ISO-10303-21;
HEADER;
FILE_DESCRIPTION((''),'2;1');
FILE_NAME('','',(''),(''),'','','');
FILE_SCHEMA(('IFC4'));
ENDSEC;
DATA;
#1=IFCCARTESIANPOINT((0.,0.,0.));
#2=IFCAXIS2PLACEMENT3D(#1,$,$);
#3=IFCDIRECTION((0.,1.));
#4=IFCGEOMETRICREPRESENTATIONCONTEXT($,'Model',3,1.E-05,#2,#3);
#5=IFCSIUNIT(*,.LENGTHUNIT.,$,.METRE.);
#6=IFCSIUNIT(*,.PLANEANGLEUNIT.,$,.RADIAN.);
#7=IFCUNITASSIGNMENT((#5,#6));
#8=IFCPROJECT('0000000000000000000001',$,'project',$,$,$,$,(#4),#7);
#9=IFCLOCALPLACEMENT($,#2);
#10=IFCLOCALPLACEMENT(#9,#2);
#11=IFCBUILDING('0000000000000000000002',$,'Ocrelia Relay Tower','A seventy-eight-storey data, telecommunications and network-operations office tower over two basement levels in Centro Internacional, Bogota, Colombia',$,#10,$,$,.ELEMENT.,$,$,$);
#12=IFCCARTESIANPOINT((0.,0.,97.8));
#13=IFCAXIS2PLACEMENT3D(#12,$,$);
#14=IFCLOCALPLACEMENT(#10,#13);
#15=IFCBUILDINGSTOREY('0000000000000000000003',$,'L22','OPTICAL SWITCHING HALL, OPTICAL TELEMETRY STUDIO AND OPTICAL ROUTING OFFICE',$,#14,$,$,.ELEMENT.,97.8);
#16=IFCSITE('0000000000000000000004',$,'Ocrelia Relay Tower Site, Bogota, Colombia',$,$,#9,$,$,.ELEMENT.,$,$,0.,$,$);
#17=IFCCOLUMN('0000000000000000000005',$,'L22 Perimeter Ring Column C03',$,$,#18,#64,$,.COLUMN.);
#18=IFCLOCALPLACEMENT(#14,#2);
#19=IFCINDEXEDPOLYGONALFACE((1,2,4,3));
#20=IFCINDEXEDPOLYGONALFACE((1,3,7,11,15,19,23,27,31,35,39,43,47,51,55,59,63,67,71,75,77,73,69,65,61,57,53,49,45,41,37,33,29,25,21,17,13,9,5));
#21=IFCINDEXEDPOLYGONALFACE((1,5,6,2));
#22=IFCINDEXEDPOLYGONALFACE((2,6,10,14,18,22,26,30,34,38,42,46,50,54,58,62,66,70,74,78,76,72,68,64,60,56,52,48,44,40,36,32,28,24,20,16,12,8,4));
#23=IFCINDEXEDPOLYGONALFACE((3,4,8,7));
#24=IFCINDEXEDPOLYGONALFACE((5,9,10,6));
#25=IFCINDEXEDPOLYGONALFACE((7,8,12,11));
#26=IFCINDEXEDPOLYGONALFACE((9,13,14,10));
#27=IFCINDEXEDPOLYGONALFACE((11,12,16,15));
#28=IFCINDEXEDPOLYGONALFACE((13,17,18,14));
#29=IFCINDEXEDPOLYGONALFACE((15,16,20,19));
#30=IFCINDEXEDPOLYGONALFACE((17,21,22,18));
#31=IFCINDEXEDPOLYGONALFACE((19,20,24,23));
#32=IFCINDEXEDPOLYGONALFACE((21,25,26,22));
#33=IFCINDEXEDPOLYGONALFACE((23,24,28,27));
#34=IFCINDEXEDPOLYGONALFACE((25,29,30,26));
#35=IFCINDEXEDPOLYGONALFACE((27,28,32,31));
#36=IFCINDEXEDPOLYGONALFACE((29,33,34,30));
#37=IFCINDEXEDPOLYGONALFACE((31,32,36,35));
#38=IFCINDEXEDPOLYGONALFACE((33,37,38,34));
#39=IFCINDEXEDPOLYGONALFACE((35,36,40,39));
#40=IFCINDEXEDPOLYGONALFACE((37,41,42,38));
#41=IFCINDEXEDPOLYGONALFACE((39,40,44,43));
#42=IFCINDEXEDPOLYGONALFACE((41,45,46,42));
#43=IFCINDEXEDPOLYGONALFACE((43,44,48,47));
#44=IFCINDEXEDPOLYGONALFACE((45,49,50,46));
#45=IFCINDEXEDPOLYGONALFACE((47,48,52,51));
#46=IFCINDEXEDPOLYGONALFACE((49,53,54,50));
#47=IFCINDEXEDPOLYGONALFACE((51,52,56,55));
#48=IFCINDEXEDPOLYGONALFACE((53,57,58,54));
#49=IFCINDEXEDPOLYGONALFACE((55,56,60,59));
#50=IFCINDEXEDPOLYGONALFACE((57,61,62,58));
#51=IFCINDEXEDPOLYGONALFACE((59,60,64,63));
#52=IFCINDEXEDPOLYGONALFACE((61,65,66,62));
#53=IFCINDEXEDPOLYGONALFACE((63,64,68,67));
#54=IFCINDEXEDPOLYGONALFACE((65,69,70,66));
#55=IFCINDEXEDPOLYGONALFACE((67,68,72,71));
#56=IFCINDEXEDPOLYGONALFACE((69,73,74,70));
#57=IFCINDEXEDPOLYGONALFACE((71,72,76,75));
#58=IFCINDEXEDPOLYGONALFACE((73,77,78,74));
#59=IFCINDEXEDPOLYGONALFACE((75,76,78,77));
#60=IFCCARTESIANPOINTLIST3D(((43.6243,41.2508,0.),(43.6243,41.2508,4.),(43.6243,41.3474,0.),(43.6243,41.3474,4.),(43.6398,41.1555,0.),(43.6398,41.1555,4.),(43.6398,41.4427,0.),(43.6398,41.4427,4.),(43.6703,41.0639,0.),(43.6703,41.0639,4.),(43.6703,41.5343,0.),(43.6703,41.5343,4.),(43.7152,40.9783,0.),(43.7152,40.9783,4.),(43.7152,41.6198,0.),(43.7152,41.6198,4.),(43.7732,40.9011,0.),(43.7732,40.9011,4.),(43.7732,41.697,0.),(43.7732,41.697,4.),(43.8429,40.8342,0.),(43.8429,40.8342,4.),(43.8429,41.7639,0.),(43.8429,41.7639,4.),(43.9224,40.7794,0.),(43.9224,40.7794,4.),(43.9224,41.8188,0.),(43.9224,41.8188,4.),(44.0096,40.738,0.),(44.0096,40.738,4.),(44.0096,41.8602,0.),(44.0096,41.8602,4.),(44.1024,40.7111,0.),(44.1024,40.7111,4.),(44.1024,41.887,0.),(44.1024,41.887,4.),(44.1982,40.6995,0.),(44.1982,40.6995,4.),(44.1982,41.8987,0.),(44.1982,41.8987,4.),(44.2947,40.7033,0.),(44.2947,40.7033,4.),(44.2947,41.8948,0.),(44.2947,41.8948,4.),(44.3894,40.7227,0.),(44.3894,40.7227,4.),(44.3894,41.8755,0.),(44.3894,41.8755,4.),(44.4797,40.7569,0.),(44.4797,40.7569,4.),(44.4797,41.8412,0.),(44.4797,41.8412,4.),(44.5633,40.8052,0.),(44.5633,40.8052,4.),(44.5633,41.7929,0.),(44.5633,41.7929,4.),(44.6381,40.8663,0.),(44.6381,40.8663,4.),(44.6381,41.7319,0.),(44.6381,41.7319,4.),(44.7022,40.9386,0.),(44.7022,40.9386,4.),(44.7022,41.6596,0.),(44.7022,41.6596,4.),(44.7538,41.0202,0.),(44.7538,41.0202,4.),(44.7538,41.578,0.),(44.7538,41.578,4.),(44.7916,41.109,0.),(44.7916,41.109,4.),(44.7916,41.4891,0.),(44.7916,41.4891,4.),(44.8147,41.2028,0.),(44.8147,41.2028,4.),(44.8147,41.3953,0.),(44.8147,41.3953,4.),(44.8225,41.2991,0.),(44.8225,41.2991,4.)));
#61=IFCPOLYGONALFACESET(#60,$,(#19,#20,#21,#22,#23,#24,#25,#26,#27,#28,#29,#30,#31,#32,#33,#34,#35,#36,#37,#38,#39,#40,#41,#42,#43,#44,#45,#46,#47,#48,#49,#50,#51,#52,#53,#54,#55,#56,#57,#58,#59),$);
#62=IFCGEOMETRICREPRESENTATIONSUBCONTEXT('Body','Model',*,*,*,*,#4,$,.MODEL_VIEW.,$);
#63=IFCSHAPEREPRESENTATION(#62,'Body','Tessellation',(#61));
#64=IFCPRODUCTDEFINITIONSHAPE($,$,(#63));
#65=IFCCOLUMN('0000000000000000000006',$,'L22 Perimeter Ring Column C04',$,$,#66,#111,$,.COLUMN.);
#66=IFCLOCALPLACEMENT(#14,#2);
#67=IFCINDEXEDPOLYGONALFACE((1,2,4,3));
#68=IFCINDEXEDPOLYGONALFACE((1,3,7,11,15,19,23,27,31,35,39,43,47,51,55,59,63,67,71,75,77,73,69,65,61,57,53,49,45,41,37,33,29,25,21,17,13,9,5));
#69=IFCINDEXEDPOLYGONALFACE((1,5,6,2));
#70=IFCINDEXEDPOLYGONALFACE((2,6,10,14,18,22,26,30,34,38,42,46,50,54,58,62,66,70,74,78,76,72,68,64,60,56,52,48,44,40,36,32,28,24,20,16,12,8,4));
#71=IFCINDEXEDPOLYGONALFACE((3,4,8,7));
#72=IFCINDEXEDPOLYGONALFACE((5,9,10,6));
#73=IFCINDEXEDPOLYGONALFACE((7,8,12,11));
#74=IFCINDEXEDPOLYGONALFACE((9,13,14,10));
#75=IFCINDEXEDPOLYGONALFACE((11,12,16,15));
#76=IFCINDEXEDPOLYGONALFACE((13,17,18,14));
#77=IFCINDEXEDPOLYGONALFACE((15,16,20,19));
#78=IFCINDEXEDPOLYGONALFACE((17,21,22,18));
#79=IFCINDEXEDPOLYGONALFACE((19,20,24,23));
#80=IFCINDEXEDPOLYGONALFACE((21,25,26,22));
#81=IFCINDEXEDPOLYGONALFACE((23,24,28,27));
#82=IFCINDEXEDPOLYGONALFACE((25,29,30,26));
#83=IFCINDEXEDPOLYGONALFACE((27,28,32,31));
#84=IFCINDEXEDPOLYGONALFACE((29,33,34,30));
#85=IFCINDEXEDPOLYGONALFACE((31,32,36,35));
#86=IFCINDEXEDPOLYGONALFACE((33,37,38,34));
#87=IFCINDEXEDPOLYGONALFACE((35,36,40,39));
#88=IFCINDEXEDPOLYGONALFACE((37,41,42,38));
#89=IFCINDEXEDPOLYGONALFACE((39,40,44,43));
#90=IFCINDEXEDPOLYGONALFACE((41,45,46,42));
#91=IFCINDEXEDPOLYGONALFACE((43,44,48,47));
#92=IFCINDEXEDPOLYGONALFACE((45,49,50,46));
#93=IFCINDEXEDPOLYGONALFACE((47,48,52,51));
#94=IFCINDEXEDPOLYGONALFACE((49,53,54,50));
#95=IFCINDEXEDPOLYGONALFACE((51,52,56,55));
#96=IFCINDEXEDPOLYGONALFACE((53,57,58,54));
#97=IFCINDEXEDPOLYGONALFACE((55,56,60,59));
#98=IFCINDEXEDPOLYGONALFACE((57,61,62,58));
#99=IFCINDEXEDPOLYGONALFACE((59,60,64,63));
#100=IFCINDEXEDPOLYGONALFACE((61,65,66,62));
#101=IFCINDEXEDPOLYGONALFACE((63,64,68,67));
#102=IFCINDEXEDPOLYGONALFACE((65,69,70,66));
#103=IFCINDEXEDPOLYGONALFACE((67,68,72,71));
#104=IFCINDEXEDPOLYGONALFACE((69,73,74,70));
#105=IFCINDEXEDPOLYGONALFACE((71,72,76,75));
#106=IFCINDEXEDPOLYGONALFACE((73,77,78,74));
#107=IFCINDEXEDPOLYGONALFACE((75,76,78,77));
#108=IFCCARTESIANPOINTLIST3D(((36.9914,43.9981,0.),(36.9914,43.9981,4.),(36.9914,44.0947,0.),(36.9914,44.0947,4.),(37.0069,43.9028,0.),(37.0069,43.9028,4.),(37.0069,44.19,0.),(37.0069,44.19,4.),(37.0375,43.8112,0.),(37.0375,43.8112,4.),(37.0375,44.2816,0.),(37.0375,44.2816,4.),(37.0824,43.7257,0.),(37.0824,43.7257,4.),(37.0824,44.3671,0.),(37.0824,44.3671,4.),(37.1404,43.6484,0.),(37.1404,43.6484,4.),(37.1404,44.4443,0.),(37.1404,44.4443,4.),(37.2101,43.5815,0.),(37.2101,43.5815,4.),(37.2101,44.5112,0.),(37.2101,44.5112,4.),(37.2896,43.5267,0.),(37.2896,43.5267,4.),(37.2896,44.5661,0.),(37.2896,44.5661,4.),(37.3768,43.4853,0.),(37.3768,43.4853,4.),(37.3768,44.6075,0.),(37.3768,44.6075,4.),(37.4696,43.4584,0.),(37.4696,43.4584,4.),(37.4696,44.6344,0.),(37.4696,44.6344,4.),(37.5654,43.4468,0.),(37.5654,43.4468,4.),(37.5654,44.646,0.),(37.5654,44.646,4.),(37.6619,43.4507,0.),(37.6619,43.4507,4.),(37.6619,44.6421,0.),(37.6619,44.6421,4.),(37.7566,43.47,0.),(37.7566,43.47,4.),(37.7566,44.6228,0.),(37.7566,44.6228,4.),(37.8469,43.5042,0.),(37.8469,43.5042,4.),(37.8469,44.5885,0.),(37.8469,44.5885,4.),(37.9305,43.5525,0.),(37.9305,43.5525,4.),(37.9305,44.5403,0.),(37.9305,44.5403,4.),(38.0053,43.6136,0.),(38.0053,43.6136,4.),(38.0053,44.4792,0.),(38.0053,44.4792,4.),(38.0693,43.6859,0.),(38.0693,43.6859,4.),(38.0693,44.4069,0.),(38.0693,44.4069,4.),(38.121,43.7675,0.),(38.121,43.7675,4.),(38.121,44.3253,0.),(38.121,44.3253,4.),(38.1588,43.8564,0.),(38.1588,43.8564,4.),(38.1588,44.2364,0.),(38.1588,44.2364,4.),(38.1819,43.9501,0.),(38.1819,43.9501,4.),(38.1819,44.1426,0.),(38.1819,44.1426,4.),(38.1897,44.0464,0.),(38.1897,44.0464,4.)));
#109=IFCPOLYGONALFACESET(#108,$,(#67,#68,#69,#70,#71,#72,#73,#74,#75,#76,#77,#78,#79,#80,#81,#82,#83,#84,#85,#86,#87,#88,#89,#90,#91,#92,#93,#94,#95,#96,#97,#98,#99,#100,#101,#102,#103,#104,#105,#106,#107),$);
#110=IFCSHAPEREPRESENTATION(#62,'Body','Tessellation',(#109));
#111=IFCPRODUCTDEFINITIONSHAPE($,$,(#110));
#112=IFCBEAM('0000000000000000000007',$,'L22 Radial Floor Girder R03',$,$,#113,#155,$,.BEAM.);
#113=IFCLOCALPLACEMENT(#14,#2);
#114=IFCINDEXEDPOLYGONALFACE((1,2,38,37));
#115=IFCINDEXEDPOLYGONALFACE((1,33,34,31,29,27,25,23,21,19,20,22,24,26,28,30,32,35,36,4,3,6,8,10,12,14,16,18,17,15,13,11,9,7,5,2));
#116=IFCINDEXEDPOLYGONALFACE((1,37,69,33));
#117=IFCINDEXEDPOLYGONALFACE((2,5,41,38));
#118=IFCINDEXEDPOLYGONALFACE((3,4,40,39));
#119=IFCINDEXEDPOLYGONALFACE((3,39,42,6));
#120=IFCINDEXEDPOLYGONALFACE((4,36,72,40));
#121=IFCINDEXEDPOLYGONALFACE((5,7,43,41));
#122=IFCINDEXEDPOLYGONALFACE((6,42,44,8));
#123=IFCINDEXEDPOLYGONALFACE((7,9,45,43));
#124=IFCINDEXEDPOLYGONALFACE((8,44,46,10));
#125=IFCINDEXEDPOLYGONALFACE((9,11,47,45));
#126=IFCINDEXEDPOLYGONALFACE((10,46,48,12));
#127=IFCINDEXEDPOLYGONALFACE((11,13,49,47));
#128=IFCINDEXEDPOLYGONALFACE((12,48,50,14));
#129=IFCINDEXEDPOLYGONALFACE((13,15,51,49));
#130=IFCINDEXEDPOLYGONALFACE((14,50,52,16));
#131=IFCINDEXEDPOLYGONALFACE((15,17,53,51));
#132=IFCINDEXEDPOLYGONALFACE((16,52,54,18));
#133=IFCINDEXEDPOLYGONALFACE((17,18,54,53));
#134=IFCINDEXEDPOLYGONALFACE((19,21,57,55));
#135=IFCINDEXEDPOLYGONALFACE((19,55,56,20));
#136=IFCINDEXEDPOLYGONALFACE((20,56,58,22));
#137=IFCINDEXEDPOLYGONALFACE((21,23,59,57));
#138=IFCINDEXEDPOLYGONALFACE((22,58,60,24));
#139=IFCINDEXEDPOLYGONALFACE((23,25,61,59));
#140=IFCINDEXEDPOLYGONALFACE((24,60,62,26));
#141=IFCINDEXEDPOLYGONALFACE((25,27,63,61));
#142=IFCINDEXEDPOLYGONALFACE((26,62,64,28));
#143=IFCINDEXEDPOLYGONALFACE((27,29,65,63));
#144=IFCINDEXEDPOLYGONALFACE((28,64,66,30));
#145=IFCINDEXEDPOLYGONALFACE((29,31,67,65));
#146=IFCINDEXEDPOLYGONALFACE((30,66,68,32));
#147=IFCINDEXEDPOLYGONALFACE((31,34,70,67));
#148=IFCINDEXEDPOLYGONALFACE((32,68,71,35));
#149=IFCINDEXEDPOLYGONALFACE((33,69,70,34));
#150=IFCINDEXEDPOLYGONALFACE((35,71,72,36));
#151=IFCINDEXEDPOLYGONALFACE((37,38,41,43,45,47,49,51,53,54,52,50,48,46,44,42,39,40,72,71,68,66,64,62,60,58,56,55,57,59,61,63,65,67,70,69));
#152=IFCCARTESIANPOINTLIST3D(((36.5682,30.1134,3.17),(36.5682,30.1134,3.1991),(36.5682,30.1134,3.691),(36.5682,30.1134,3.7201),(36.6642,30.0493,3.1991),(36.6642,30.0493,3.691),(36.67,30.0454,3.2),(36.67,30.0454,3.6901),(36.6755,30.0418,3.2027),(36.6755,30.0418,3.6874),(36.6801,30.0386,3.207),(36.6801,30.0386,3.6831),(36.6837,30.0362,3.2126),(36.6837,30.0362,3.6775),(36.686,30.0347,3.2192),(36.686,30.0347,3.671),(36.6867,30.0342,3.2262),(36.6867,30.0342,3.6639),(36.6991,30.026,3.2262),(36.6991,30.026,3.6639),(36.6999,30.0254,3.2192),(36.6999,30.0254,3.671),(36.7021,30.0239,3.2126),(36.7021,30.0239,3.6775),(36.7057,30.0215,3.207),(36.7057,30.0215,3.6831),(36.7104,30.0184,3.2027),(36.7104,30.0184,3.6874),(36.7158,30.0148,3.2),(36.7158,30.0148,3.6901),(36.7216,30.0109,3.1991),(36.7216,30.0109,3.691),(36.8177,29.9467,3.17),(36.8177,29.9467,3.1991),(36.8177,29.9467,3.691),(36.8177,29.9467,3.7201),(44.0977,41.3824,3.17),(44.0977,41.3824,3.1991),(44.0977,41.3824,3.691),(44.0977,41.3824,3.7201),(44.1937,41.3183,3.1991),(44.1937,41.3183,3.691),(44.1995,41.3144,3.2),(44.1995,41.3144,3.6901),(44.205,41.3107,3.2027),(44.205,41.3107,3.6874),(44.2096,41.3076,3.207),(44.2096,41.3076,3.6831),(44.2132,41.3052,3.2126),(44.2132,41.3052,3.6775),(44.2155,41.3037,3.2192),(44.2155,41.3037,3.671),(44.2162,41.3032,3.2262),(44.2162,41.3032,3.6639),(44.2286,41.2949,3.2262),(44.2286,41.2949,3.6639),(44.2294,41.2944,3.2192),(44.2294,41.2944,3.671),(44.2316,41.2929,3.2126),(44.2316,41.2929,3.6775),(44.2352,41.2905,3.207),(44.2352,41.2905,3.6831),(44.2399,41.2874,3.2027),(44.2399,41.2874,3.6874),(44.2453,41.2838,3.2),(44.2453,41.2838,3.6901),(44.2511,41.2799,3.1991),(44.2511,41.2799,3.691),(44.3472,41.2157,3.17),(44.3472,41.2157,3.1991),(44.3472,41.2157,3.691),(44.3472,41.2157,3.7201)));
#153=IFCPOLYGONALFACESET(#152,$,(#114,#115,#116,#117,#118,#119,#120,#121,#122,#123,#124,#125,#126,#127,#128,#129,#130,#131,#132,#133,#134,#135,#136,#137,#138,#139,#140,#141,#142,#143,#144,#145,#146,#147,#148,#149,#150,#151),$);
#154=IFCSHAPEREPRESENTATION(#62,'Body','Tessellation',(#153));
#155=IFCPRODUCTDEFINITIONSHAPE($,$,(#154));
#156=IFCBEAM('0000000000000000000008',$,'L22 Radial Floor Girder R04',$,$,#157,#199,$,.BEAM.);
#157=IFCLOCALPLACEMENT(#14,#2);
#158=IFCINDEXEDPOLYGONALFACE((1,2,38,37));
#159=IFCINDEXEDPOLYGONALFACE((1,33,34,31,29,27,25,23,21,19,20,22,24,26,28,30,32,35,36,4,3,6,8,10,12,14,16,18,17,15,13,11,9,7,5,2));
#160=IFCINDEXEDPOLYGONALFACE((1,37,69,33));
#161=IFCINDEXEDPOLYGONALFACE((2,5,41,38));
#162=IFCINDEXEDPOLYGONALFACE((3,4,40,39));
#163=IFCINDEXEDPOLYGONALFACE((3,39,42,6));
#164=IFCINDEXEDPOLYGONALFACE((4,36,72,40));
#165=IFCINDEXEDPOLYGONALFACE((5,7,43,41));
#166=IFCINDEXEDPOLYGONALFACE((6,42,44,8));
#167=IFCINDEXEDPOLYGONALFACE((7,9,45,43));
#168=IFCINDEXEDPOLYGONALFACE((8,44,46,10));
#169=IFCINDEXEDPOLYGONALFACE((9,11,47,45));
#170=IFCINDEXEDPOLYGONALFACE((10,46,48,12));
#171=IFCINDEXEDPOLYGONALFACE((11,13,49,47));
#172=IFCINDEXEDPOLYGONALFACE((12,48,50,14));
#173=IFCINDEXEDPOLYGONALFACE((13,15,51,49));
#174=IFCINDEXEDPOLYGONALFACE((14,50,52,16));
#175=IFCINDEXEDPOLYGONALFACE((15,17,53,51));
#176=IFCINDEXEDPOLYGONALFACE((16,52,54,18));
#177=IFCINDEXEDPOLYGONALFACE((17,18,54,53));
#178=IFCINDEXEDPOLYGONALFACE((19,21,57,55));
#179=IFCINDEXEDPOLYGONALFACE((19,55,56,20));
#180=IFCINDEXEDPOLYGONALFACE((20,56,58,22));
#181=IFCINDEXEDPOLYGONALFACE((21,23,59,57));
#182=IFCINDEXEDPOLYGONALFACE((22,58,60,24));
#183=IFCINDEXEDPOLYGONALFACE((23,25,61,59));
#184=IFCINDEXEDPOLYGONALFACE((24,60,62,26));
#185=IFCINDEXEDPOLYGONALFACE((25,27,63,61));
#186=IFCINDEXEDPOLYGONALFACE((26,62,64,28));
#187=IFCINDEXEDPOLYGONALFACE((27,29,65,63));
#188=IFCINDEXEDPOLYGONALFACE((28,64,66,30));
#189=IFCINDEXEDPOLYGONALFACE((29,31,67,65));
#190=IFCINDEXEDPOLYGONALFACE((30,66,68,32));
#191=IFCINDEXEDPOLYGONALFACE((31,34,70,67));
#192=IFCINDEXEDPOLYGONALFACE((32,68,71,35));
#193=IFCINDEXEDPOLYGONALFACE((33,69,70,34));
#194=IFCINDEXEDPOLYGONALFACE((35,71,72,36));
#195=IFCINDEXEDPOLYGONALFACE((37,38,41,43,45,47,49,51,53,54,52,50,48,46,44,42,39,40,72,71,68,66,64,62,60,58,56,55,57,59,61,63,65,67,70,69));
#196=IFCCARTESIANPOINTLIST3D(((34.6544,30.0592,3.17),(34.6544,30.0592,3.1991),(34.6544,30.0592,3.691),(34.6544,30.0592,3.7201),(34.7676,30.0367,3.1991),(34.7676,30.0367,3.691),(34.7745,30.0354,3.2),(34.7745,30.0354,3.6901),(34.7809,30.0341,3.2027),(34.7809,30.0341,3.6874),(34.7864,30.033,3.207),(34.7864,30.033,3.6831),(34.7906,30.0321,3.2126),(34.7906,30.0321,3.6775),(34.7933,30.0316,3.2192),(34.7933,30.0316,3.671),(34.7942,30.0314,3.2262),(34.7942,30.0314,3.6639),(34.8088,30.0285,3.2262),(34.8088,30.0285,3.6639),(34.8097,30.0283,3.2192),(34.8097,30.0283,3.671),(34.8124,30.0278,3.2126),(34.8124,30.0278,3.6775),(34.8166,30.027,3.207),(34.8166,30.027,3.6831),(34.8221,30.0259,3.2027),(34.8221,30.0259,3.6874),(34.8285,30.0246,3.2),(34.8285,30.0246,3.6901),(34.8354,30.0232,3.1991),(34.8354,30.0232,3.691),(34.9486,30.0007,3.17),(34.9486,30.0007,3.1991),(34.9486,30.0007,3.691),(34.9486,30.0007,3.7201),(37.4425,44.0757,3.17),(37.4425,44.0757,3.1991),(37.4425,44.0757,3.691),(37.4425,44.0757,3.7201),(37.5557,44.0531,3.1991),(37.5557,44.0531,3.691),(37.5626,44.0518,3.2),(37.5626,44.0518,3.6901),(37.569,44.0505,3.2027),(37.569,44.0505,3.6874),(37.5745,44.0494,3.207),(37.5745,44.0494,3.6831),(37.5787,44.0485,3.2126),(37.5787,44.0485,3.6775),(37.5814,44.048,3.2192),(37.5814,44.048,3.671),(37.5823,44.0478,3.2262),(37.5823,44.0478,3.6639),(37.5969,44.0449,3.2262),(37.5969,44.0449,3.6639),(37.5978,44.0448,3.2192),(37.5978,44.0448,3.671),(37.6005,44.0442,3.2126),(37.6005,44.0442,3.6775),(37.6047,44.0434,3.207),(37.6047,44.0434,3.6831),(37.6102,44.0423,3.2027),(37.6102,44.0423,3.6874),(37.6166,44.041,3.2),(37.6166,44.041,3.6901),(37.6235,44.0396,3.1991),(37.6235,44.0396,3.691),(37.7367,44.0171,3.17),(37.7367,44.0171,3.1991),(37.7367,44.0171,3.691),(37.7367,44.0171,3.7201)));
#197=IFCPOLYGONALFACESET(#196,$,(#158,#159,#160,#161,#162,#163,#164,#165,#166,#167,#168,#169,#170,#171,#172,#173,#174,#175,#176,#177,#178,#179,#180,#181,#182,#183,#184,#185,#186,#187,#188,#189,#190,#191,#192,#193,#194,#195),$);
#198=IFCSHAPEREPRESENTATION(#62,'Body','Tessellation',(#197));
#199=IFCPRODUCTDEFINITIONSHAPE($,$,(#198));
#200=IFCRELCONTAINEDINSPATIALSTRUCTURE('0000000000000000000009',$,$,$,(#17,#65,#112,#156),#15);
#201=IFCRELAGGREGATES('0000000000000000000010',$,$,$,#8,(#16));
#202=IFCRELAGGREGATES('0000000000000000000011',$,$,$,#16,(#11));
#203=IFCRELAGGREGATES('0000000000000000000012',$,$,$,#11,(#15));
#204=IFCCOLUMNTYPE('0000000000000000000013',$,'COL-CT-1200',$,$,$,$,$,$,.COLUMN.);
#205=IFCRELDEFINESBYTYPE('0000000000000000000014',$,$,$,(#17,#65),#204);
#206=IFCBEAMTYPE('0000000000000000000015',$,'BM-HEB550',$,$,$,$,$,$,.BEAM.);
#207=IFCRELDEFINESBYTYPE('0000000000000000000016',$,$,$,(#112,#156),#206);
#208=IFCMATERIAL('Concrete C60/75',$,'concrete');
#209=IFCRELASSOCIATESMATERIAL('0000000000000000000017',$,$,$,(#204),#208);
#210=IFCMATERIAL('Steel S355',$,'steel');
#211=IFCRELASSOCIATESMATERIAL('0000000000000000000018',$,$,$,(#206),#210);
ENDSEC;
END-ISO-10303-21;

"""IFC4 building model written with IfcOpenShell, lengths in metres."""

from ifc_helpers import new_model, si_unit, direction, frame, origin, origin_2d, place, context, subcontext, project, spatial, circle, i_section, extrude, material, material_profile, profile_set, type_object, element, save


model = new_model("IFC4")

# Units and contexts
model_context = context("Model", 3, precision=1e-05, world=origin(), true_north=direction((0.0, 1.0)))
body_context = subcontext(model_context, "Body", "Model", "MODEL_VIEW")
ifc_project = project(units=[si_unit("LENGTHUNIT", "METRE"), si_unit("PLANEANGLEUNIT", "RADIAN")], contexts=[model_context])

# Site, building, storey
site_placement = place(None, origin())
site = spatial("IfcSite", under=ifc_project, at=site_placement, Name="Ocrelia Relay Tower Site, Bogota, Colombia", CompositionType="ELEMENT", RefElevation=0.0)
building_placement = place(site_placement, origin())
building = spatial("IfcBuilding", under=site, at=building_placement, Name="Ocrelia Relay Tower", Description="A seventy-eight-storey data, telecommunications and network-operations office tower over two basement levels in Centro Internacional, Bogota, Colombia", CompositionType="ELEMENT")
storey_placement = place(building_placement, frame((0.0, 0.0, 97.8)))
storey = spatial("IfcBuildingStorey", under=building, at=storey_placement, Name="L22", Description="OPTICAL SWITCHING HALL, OPTICAL TELEMETRY STUDIO AND OPTICAL ROUTING OFFICE", CompositionType="ELEMENT", Elevation=97.8)

# Columns
ifc_material_1 = material(Name="Concrete C60/75", Category="concrete")
ifc_material_profile_1 = material_profile(ifc_material_1, circle(Radius=0.6001, at=origin_2d()), Name="RC-CIR-1200")
ifc_profile_set_1 = profile_set([ifc_material_profile_1], Name="Concrete C60/75")
column_type = type_object("IfcColumnType", Name="COL-CT-1200", PredefinedType="COLUMN", material=ifc_profile_set_1)
for number, where, z_axis, x_axis, name in (
    (1, (44.2224, 41.2991, 0.0), (0.0, 0.0, 1.0), (1.0, 0.0, 0.0), "L22 Perimeter Ring Column C03"),
    (2, (37.5896, 44.0464, 0.0), (0.0, 0.0, 1.0), (1.0, 0.0, 0.0), "L22 Perimeter Ring Column C04"),
):
    element("IfcColumn", number, at=place(storey_placement, frame(where, z_axis=z_axis, x_axis=x_axis)), inside=storey, type_object=column_type, Name=name, PredefinedType="COLUMN", context=body_context, shape_type="SweptSolid", body=[
        extrude(circle(Radius=0.6001, at=origin_2d()), origin(), (0.0, 0.0, 1.0), 4.0),
    ])

# Beams
ifc_material_2 = material(Name="Steel S355", Category="steel")
ifc_material_profile_2 = material_profile(ifc_material_2, i_section(OverallWidth=0.3, OverallDepth=0.55, WebThickness=0.0149, FlangeThickness=0.0291, FilletRadius=0.0271, at=origin_2d()), Name="HEB 550")
ifc_profile_set_2 = profile_set([ifc_material_profile_2], Name="Steel S355")
beam_type_1 = type_object("IfcBeamType", Name="BM-HEB550", PredefinedType="BEAM", material=ifc_profile_set_2)
beam_1_placement = place(storey_placement, frame((44.2224, 41.2991, 3.4451), z_axis=(-0.55556, -0.831476, 0.0), x_axis=(0.831476, -0.55556, 0.0)))
element("IfcBeam", 3, at=beam_1_placement, inside=storey, type_object=beam_type_1, Name="L22 Radial Floor Girder R03", PredefinedType="BEAM", context=body_context, shape_type="SweptSolid", body=[
    extrude(i_section(OverallWidth=0.3, OverallDepth=0.55, WebThickness=0.0149, FlangeThickness=0.0291, FilletRadius=0.0271, at=origin_2d()), origin(), (0.0, 0.0, 1.0), 13.553),
])
beam_2_placement = place(storey_placement, frame((37.5896, 44.0464, 3.4451), z_axis=(-0.195094, -0.980784, 0.0), x_axis=(0.980784, -0.195094, 0.0)))
element("IfcBeam", 4, at=beam_2_placement, inside=storey, type_object=beam_type_1, Name="L22 Radial Floor Girder R04", PredefinedType="BEAM", context=body_context, shape_type="SweptSolid", body=[
    extrude(i_section(OverallWidth=0.3, OverallDepth=0.55, WebThickness=0.0149, FlangeThickness=0.0291, FilletRadius=0.0271, at=origin_2d()), origin(), (0.0, 0.0, 1.0), 14.291),
])

save(model, "model.ifc")
